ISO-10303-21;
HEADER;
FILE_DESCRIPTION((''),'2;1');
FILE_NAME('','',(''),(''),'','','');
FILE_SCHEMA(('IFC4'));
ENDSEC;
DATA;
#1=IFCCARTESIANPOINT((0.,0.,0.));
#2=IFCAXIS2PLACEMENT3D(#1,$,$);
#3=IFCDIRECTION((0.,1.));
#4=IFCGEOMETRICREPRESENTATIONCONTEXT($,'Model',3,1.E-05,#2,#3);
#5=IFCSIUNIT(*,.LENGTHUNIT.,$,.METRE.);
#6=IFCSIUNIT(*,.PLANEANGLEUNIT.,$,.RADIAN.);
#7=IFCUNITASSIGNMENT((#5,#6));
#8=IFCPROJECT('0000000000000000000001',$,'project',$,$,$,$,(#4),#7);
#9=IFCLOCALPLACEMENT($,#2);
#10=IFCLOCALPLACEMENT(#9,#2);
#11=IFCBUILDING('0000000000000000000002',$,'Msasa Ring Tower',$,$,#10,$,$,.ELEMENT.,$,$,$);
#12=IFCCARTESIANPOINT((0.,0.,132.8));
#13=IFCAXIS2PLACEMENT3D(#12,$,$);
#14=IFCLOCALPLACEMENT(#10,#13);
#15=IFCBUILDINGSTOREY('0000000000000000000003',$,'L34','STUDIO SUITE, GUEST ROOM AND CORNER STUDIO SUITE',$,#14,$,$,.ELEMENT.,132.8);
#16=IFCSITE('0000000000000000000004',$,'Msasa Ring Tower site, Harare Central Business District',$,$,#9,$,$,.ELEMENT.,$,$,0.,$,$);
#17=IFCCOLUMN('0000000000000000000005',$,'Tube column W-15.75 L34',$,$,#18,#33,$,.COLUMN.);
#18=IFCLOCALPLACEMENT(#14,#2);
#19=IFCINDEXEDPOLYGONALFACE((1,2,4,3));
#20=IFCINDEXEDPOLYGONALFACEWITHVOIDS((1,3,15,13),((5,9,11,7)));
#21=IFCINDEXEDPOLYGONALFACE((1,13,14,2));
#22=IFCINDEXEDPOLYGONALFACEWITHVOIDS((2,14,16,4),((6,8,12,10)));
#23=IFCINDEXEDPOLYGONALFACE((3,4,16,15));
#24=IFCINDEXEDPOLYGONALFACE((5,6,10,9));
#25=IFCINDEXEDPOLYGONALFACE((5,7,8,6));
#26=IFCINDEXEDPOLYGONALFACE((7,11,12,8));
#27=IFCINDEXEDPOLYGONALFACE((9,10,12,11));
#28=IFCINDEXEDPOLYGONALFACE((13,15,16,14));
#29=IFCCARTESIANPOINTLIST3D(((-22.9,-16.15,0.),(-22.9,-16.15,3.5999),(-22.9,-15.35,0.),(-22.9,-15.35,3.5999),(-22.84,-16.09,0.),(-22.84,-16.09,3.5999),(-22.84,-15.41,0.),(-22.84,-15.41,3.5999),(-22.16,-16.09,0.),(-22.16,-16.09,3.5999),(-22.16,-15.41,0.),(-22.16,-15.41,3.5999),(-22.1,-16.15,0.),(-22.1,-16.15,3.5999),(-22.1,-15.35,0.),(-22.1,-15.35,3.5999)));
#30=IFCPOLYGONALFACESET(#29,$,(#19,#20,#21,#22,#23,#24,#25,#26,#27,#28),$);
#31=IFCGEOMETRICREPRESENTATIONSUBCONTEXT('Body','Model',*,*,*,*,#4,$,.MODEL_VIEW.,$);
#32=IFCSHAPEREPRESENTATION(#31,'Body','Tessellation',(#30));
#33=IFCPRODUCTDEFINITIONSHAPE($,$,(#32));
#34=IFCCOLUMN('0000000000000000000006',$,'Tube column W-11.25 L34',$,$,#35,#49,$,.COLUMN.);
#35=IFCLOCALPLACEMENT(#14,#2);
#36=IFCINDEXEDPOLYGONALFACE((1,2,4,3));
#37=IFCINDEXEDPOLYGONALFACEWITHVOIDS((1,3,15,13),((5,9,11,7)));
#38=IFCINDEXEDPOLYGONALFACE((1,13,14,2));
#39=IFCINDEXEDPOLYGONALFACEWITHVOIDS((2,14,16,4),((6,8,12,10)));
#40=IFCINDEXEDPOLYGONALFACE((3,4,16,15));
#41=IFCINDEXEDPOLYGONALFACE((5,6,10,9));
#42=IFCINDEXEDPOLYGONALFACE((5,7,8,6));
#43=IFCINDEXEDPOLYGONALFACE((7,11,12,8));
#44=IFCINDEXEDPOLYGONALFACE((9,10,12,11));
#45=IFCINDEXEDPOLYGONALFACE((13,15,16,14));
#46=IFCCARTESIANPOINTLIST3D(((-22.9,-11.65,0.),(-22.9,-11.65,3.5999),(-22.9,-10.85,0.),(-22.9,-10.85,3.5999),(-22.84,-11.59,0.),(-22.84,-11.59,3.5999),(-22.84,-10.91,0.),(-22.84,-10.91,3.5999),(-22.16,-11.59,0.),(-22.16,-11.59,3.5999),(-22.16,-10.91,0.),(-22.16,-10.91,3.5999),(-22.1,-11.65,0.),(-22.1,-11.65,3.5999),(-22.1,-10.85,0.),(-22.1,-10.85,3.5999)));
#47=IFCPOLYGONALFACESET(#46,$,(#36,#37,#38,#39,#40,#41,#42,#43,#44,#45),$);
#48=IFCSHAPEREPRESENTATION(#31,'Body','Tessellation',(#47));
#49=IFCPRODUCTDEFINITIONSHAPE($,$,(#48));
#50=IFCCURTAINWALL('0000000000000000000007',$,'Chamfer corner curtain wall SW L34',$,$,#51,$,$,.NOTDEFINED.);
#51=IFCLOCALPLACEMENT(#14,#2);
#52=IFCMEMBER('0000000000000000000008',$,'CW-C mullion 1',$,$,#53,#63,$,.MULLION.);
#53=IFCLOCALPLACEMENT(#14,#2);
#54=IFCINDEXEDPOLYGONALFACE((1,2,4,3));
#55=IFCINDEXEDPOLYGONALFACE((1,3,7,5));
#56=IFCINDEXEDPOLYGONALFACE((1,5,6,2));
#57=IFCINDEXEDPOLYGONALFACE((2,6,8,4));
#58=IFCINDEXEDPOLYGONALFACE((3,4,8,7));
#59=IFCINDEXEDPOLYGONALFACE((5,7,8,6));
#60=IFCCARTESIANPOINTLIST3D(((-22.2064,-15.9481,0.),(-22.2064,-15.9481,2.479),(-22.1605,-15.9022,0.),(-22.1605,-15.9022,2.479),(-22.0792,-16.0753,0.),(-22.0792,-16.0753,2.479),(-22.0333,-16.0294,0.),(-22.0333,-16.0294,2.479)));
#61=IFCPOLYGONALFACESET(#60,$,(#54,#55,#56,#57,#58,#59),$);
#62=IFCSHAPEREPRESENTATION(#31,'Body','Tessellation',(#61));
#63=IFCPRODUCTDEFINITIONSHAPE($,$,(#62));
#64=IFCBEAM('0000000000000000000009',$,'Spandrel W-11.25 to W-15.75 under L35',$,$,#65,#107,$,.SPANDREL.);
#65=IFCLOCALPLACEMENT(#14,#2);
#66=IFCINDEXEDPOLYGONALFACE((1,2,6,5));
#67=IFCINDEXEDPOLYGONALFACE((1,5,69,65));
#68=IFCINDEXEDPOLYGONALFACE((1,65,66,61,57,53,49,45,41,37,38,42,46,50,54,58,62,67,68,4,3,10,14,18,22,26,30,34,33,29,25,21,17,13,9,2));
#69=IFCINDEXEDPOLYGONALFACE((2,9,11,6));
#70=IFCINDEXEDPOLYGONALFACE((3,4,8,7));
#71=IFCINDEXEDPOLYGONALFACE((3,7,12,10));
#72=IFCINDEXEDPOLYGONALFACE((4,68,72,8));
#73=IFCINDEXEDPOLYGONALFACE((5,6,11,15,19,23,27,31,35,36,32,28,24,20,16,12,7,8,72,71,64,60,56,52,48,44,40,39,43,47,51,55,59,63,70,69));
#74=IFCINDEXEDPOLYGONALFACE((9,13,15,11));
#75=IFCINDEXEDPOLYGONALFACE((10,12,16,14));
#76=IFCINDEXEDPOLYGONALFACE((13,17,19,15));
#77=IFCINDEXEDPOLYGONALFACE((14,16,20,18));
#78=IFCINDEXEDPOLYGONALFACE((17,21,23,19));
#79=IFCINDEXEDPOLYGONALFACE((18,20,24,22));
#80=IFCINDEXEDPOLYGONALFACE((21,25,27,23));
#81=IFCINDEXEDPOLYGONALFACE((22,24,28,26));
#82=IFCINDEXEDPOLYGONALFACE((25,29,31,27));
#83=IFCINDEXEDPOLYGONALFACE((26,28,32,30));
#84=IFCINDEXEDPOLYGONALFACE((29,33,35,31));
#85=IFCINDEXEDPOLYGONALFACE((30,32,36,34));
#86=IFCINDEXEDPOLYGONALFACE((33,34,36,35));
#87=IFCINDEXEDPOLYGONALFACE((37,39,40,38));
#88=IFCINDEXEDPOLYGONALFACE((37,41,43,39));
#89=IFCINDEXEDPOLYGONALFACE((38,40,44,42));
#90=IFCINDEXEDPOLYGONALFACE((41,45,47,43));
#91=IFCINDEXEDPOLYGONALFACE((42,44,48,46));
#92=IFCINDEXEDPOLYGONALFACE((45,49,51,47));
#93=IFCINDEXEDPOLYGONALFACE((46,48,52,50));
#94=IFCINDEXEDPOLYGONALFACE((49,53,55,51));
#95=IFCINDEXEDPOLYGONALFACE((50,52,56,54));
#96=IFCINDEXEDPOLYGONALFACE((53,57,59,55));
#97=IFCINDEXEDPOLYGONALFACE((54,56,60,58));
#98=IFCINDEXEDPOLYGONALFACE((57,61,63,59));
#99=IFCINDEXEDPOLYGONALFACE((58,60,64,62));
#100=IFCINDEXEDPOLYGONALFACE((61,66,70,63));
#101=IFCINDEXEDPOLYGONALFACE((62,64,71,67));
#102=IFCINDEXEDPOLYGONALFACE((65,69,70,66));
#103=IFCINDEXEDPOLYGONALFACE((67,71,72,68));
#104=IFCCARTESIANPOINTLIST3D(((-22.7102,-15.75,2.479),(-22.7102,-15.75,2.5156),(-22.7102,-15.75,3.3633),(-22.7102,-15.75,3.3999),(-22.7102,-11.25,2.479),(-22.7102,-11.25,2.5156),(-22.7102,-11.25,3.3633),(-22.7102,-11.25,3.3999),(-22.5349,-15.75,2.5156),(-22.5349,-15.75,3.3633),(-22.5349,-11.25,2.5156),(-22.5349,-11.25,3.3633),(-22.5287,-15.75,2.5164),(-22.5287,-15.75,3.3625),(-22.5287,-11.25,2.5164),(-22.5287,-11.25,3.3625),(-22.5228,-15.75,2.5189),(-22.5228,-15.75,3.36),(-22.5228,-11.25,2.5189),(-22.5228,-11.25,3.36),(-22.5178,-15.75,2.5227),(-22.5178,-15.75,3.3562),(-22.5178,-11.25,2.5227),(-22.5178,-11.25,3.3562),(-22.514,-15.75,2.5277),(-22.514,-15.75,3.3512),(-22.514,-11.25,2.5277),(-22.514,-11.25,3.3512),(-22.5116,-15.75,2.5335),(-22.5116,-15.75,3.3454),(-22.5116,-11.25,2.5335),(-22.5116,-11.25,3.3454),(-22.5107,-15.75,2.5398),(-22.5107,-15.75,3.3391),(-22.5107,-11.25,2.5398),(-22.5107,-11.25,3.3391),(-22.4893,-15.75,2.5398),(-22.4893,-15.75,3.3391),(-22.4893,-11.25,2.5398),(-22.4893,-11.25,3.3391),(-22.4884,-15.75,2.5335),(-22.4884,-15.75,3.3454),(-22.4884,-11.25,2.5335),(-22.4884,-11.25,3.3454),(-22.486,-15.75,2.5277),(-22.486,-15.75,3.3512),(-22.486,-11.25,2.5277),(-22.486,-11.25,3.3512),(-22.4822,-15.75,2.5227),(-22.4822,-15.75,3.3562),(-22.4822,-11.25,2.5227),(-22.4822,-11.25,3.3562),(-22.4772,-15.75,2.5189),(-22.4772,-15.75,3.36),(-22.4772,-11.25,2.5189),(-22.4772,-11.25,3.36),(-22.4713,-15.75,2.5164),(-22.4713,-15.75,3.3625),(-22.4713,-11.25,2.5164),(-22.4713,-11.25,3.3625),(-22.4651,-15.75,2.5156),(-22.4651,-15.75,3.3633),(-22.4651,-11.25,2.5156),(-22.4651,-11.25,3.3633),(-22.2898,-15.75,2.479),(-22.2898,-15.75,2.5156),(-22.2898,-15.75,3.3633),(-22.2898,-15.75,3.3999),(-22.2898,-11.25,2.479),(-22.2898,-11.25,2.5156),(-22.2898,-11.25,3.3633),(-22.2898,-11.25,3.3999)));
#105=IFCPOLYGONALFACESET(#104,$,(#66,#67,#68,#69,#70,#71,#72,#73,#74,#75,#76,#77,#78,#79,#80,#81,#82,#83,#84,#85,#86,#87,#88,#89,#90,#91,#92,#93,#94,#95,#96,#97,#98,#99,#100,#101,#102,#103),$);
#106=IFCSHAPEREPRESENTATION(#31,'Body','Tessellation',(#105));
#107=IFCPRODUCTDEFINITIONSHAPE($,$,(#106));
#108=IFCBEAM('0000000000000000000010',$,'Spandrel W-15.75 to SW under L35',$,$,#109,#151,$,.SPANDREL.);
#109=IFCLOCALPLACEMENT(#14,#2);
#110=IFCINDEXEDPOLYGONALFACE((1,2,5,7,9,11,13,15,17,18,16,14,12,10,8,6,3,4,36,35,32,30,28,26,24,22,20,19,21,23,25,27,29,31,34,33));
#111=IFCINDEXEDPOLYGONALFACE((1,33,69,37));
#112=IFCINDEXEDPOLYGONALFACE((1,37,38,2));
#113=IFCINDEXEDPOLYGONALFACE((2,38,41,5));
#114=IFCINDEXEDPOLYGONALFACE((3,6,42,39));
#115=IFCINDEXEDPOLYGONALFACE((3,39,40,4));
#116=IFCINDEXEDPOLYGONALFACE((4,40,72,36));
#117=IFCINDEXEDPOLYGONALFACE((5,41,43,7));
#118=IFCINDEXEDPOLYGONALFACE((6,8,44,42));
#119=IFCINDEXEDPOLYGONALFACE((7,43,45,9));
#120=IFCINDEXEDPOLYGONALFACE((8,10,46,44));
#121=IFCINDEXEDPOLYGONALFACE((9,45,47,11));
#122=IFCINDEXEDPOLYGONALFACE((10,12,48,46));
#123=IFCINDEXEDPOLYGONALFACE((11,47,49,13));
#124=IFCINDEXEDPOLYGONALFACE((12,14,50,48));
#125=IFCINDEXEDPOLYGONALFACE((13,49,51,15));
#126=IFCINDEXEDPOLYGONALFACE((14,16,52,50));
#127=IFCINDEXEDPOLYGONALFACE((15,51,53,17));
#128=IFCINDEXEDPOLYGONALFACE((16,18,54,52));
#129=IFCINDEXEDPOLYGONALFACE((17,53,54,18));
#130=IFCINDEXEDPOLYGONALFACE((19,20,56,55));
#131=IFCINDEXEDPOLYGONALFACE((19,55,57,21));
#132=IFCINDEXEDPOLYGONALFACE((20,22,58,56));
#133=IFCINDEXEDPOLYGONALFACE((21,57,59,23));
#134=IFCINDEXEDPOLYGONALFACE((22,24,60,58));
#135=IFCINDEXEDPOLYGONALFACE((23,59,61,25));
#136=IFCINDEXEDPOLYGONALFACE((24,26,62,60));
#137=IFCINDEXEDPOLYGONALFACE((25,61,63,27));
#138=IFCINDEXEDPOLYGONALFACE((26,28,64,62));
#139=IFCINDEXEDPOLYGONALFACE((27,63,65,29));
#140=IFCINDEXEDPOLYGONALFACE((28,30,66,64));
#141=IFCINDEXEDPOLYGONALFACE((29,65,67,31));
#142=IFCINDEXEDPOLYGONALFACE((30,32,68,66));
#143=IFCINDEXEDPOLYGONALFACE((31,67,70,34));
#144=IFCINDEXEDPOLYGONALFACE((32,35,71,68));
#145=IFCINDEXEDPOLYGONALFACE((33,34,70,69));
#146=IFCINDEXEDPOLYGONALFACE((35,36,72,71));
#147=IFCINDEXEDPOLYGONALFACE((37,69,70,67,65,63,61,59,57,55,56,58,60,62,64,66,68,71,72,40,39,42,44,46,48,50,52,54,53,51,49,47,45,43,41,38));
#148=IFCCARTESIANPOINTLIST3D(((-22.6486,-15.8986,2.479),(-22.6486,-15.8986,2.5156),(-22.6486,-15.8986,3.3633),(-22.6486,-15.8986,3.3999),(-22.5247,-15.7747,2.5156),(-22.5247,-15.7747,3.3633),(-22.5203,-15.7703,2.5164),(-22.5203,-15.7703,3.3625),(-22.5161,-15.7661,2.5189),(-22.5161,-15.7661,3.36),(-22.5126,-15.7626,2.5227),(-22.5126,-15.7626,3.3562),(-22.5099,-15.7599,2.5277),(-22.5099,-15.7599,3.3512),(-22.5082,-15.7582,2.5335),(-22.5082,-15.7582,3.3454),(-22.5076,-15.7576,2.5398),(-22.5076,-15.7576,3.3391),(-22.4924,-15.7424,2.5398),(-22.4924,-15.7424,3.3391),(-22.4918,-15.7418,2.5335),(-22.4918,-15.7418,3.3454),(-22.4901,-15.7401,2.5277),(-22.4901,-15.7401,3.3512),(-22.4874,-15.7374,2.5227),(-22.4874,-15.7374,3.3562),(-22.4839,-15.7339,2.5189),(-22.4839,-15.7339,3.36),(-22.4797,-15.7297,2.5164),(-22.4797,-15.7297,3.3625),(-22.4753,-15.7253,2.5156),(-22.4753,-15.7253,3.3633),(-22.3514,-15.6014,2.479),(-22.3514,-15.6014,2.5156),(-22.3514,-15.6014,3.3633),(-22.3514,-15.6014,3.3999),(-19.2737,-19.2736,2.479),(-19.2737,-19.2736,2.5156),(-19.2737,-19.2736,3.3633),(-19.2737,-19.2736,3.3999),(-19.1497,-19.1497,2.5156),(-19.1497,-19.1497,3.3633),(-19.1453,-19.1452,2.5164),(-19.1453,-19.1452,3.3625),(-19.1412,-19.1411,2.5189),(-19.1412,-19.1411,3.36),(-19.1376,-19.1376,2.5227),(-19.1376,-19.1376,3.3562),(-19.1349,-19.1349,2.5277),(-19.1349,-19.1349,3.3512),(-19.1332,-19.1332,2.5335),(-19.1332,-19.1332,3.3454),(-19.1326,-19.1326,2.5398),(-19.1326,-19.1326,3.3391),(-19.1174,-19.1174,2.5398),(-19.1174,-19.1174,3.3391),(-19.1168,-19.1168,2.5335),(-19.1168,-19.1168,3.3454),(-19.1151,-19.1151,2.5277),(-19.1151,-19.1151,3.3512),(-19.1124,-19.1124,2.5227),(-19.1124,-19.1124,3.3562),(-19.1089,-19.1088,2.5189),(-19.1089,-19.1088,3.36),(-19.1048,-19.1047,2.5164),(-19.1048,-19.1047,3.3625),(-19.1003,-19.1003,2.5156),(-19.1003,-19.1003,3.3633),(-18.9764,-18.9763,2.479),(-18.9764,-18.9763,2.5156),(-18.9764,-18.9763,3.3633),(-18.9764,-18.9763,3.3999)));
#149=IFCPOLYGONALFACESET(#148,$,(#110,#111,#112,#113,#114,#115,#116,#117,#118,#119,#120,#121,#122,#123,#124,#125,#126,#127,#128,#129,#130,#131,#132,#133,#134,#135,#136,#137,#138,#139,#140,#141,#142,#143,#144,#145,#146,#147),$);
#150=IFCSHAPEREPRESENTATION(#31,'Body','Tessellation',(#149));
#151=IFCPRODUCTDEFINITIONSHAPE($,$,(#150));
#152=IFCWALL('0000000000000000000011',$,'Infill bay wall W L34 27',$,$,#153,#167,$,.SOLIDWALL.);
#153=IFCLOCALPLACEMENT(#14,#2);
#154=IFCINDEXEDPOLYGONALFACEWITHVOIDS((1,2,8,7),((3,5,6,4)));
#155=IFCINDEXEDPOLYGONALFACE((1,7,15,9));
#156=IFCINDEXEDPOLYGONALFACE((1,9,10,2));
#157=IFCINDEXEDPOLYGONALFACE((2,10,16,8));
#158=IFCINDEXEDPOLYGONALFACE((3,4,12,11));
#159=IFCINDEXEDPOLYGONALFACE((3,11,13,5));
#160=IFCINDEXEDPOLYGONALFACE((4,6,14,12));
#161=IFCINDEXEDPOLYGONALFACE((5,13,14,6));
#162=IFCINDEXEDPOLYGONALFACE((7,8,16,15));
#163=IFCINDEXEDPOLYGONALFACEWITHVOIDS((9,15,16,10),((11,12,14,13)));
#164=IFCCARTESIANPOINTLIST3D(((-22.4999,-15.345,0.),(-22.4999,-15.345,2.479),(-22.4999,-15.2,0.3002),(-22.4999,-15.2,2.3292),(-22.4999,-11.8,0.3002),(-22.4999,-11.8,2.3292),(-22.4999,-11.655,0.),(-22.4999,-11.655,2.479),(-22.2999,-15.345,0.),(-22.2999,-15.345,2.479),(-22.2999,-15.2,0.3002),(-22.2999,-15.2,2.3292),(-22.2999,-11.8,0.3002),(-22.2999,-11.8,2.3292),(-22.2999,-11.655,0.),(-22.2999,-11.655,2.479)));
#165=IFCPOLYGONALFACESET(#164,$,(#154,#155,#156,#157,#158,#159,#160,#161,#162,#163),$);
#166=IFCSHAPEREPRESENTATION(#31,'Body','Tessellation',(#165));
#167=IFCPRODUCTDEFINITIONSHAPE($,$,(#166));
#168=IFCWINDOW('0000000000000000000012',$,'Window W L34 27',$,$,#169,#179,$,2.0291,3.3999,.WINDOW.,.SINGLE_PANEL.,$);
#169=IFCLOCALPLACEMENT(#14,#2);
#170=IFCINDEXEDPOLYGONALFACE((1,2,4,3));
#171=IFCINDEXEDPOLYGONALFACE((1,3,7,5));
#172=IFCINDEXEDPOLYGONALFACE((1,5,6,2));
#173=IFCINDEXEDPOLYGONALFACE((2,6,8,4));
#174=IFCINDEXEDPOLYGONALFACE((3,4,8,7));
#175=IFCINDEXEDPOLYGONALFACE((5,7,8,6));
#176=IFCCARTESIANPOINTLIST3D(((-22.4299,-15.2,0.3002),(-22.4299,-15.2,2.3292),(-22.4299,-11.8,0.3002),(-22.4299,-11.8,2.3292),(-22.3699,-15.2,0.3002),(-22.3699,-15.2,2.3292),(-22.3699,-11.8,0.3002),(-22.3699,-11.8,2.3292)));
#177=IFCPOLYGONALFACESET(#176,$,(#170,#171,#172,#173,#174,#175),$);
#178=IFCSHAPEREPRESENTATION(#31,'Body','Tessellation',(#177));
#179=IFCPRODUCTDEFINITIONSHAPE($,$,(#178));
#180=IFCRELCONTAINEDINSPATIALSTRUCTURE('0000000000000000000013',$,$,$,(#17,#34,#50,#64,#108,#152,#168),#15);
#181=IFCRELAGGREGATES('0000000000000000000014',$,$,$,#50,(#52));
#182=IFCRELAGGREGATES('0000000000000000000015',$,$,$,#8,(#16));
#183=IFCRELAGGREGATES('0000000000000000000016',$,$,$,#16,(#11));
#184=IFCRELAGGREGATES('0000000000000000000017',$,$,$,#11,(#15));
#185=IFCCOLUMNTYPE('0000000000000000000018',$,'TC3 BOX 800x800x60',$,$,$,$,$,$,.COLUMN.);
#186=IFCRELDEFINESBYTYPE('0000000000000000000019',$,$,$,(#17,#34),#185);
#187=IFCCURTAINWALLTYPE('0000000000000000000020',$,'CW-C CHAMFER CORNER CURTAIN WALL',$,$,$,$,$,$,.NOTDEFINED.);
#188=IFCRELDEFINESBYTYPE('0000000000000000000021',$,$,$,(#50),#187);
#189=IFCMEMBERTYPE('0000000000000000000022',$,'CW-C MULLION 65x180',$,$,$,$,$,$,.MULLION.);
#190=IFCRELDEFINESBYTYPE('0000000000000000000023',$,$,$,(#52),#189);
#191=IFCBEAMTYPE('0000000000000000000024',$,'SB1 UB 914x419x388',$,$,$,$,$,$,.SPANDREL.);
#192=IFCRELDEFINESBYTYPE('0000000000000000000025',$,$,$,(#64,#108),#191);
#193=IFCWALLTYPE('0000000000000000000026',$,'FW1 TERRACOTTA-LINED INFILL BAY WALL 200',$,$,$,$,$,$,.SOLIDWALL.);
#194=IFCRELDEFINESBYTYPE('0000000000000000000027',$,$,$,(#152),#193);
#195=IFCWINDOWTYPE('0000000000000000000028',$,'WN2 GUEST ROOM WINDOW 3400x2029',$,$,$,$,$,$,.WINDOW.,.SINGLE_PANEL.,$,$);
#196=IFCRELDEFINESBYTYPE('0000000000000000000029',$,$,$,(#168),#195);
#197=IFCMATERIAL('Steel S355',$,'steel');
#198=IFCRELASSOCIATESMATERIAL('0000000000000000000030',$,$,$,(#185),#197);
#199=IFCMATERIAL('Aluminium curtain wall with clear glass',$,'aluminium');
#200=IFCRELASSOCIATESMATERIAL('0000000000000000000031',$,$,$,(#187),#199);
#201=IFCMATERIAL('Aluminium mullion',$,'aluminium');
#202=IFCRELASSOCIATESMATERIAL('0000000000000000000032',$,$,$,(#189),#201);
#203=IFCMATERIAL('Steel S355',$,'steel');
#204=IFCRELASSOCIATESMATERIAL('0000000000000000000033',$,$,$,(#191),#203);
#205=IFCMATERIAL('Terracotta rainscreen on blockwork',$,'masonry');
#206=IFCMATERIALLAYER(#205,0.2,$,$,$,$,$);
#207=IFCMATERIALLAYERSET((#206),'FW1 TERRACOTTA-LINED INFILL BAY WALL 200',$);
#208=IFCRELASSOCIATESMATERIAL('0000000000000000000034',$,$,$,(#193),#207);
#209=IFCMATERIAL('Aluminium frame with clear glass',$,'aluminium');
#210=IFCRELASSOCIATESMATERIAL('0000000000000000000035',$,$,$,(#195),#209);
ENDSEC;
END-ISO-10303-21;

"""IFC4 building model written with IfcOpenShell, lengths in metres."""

from ifc_helpers import new_model, si_unit, direction, frame, frame_2d, origin, origin_2d, place, context, subcontext, project, spatial, rectangle, hollow_rectangle, i_section, extrude, material, layer, layer_set, material_profile, profile_set, type_object, element, fill, aggregate, save


model = new_model("IFC4")

# Units and contexts
model_context = context("Model", 3, precision=1e-05, world=origin(), true_north=direction((0.0, 1.0)))
body_context = subcontext(model_context, "Body", "Model", "MODEL_VIEW")
ifc_project = project(units=[si_unit("LENGTHUNIT", "METRE"), si_unit("PLANEANGLEUNIT", "RADIAN")], contexts=[model_context])

# Site, building, storey
site_placement = place(None, origin())
site = spatial("IfcSite", under=ifc_project, at=site_placement, Name="Msasa Ring Tower site, Harare Central Business District", CompositionType="ELEMENT", RefElevation=0.0)
building_placement = place(site_placement, origin())
building = spatial("IfcBuilding", under=site, at=building_placement, Name="Msasa Ring Tower", CompositionType="ELEMENT")
storey_placement = place(building_placement, frame((0.0, 0.0, 132.8)))
storey = spatial("IfcBuildingStorey", under=building, at=storey_placement, Name="L34", Description="STUDIO SUITE, GUEST ROOM AND CORNER STUDIO SUITE", CompositionType="ELEMENT", Elevation=132.8)

# Columns
ifc_material_1 = material(Name="Steel S355", Category="steel")
ifc_material_profile_1 = material_profile(ifc_material_1, hollow_rectangle(XDim=0.8, YDim=0.8, WallThickness=0.0601, at=origin_2d()), Name="BOX 800x800x60")
ifc_profile_set_1 = profile_set([ifc_material_profile_1], Name="Steel S355")
column_type = type_object("IfcColumnType", Name="TC3 BOX 800x800x60", PredefinedType="COLUMN", material=ifc_profile_set_1)
for number, where, z_axis, x_axis, name in (
    (1, (-22.5, -15.75, 0.0), (0.0, 0.0, 1.0), (1.0, 0.0, 0.0), "Tube column W-15.75 L34"),
    (2, (-22.5, -11.25, 0.0), (0.0, 0.0, 1.0), (1.0, 0.0, 0.0), "Tube column W-11.25 L34"),
):
    element("IfcColumn", number, at=place(storey_placement, frame(where, z_axis=z_axis, x_axis=x_axis)), inside=storey, type_object=column_type, Name=name, PredefinedType="COLUMN", context=body_context, shape_type="SweptSolid", body=[
        extrude(hollow_rectangle(XDim=0.8, YDim=0.8, WallThickness=0.0601, at=origin_2d()), origin(), (0.0, 0.0, 1.0), 3.5999),
    ])

# Curtain wall, member
ifc_material_2 = material(Name="Aluminium curtain wall with clear glass", Category="aluminium")
curtain_wall_type = type_object("IfcCurtainWallType", Name="CW-C CHAMFER CORNER CURTAIN WALL", PredefinedType="NOTDEFINED", material=ifc_material_2)
curtain_wall_placement = place(storey_placement, origin())
curtain_wall = element("IfcCurtainWall", 3, at=curtain_wall_placement, inside=storey, type_object=curtain_wall_type, Name="Chamfer corner curtain wall SW L34", PredefinedType="NOTDEFINED")
ifc_material_3 = material(Name="Aluminium mullion", Category="aluminium")
ifc_material_profile_2 = material_profile(ifc_material_3, rectangle(XDim=0.0649, YDim=0.1799, at=origin_2d()), Name="AL 65x180")
ifc_profile_set_2 = profile_set([ifc_material_profile_2], Name="Aluminium mullion")
member_type = type_object("IfcMemberType", Name="CW-C MULLION 65x180", PredefinedType="MULLION", material=ifc_profile_set_2)
member_placement = place(storey_placement, frame((-22.1199, -15.9888, 0.0), z_axis=(0.0, 0.0, 1.0), x_axis=(0.707107, 0.707107, 0.0)))
member = element("IfcMember", 4, at=member_placement, type_object=member_type, Name="CW-C mullion 1", PredefinedType="MULLION", context=body_context, shape_type="SweptSolid", body=[
    extrude(rectangle(XDim=0.0649, YDim=0.1799, at=origin_2d()), origin(), (0.0, 0.0, 1.0), 2.479),
])
aggregate(curtain_wall, [member])

# Beams
ifc_material_4 = material(Name="Steel S355", Category="steel")
ifc_material_profile_3 = material_profile(ifc_material_4, i_section(OverallWidth=0.4204, OverallDepth=0.9209, WebThickness=0.0215, FlangeThickness=0.0366, FilletRadius=0.0242, at=origin_2d()), Name="UB 914x419x388")
ifc_profile_set_3 = profile_set([ifc_material_profile_3], Name="Steel S355")
beam_type = type_object("IfcBeamType", Name="SB1 UB 914x419x388", PredefinedType="SPANDREL", material=ifc_profile_set_3)
beam_1_placement = place(storey_placement, frame((-22.5, -11.25, 2.9395), z_axis=(0.0, -1.0, 0.0), x_axis=(1.0, 0.0, 0.0)))
element("IfcBeam", 5, at=beam_1_placement, inside=storey, type_object=beam_type, Name="Spandrel W-11.25 to W-15.75 under L35", PredefinedType="SPANDREL", context=body_context, shape_type="SweptSolid", body=[
    extrude(i_section(OverallWidth=0.4204, OverallDepth=0.9209, WebThickness=0.0215, FlangeThickness=0.0366, FilletRadius=0.0242, at=origin_2d()), origin(), (0.0, 0.0, 1.0), 4.5),
])
beam_2_placement = place(storey_placement, frame((-22.5, -15.75, 2.9395), z_axis=(0.707107, -0.707107, 0.0), x_axis=(0.707107, 0.707107, 0.0)))
element("IfcBeam", 6, at=beam_2_placement, inside=storey, type_object=beam_type, Name="Spandrel W-15.75 to SW under L35", PredefinedType="SPANDREL", context=body_context, shape_type="SweptSolid", body=[
    extrude(i_section(OverallWidth=0.4204, OverallDepth=0.9209, WebThickness=0.0215, FlangeThickness=0.0366, FilletRadius=0.0242, at=origin_2d()), origin(), (0.0, 0.0, 1.0), 4.7729),
])

# Wall, opening, window
ifc_material_5 = material(Name="Terracotta rainscreen on blockwork", Category="masonry")
ifc_layer_1 = layer(ifc_material_5, 0.2)
ifc_layer_set_1 = layer_set([ifc_layer_1], Name="FW1 TERRACOTTA-LINED INFILL BAY WALL 200")
wall_type_1 = type_object("IfcWallType", Name="FW1 TERRACOTTA-LINED INFILL BAY WALL 200", PredefinedType="SOLIDWALL", material=ifc_layer_set_1)
wall_1_placement = place(storey_placement, frame((-22.3999, -15.345, 0.0), z_axis=(0.0, 0.0, 1.0), x_axis=(0.0, 1.0, 0.0)))
wall_1 = element("IfcWall", 7, at=wall_1_placement, inside=storey, type_object=wall_type_1, Name="Infill bay wall W L34 27", PredefinedType="SOLIDWALL", context=body_context, shape_type="SweptSolid", body=[
    extrude(rectangle(XDim=3.6899, YDim=0.2, at=frame_2d((1.845, 0.0))), origin(), (0.0, 0.0, 1.0), 2.479),
])
opening_1_placement = place(wall_1_placement, frame((0.145, 0.0, 0.3)))
opening_1 = element("IfcOpeningElement", 8, at=opening_1_placement, cuts=wall_1, PredefinedType="OPENING", context=body_context, shape_type="SweptSolid", body=[
    extrude(rectangle(XDim=3.3999, YDim=2.0291, at=frame_2d((1.7, 1.0146))), frame((0.0, 0.1099, 0.0), z_axis=(0.0, -1.0, 0.0), x_axis=(1.0, 0.0, 0.0)), (0.0, 0.0, 1.0), 0.22),
])
ifc_material_6 = material(Name="Aluminium frame with clear glass", Category="aluminium")
window_type = type_object("IfcWindowType", Name="WN2 GUEST ROOM WINDOW 3400x2029", PartitioningType="SINGLE_PANEL", PredefinedType="WINDOW", material=ifc_material_6)
window_1_placement = place(opening_1_placement, origin())
window_1 = element("IfcWindow", 9, at=window_1_placement, inside=storey, type_object=window_type, Name="Window W L34 27", OverallHeight=2.0291, OverallWidth=3.3999, PartitioningType="SINGLE_PANEL", PredefinedType="WINDOW", context=body_context, shape_type="SweptSolid", body=[
    extrude(rectangle(XDim=3.3999, YDim=2.0291, at=frame_2d((1.7, 1.0146))), frame((0.0, 0.03, 0.0), z_axis=(0.0, -1.0, 0.0), x_axis=(1.0, 0.0, 0.0)), (0.0, 0.0, 1.0), 0.0601),
])
fill(opening_1, window_1)

save(model, "model.ifc")
